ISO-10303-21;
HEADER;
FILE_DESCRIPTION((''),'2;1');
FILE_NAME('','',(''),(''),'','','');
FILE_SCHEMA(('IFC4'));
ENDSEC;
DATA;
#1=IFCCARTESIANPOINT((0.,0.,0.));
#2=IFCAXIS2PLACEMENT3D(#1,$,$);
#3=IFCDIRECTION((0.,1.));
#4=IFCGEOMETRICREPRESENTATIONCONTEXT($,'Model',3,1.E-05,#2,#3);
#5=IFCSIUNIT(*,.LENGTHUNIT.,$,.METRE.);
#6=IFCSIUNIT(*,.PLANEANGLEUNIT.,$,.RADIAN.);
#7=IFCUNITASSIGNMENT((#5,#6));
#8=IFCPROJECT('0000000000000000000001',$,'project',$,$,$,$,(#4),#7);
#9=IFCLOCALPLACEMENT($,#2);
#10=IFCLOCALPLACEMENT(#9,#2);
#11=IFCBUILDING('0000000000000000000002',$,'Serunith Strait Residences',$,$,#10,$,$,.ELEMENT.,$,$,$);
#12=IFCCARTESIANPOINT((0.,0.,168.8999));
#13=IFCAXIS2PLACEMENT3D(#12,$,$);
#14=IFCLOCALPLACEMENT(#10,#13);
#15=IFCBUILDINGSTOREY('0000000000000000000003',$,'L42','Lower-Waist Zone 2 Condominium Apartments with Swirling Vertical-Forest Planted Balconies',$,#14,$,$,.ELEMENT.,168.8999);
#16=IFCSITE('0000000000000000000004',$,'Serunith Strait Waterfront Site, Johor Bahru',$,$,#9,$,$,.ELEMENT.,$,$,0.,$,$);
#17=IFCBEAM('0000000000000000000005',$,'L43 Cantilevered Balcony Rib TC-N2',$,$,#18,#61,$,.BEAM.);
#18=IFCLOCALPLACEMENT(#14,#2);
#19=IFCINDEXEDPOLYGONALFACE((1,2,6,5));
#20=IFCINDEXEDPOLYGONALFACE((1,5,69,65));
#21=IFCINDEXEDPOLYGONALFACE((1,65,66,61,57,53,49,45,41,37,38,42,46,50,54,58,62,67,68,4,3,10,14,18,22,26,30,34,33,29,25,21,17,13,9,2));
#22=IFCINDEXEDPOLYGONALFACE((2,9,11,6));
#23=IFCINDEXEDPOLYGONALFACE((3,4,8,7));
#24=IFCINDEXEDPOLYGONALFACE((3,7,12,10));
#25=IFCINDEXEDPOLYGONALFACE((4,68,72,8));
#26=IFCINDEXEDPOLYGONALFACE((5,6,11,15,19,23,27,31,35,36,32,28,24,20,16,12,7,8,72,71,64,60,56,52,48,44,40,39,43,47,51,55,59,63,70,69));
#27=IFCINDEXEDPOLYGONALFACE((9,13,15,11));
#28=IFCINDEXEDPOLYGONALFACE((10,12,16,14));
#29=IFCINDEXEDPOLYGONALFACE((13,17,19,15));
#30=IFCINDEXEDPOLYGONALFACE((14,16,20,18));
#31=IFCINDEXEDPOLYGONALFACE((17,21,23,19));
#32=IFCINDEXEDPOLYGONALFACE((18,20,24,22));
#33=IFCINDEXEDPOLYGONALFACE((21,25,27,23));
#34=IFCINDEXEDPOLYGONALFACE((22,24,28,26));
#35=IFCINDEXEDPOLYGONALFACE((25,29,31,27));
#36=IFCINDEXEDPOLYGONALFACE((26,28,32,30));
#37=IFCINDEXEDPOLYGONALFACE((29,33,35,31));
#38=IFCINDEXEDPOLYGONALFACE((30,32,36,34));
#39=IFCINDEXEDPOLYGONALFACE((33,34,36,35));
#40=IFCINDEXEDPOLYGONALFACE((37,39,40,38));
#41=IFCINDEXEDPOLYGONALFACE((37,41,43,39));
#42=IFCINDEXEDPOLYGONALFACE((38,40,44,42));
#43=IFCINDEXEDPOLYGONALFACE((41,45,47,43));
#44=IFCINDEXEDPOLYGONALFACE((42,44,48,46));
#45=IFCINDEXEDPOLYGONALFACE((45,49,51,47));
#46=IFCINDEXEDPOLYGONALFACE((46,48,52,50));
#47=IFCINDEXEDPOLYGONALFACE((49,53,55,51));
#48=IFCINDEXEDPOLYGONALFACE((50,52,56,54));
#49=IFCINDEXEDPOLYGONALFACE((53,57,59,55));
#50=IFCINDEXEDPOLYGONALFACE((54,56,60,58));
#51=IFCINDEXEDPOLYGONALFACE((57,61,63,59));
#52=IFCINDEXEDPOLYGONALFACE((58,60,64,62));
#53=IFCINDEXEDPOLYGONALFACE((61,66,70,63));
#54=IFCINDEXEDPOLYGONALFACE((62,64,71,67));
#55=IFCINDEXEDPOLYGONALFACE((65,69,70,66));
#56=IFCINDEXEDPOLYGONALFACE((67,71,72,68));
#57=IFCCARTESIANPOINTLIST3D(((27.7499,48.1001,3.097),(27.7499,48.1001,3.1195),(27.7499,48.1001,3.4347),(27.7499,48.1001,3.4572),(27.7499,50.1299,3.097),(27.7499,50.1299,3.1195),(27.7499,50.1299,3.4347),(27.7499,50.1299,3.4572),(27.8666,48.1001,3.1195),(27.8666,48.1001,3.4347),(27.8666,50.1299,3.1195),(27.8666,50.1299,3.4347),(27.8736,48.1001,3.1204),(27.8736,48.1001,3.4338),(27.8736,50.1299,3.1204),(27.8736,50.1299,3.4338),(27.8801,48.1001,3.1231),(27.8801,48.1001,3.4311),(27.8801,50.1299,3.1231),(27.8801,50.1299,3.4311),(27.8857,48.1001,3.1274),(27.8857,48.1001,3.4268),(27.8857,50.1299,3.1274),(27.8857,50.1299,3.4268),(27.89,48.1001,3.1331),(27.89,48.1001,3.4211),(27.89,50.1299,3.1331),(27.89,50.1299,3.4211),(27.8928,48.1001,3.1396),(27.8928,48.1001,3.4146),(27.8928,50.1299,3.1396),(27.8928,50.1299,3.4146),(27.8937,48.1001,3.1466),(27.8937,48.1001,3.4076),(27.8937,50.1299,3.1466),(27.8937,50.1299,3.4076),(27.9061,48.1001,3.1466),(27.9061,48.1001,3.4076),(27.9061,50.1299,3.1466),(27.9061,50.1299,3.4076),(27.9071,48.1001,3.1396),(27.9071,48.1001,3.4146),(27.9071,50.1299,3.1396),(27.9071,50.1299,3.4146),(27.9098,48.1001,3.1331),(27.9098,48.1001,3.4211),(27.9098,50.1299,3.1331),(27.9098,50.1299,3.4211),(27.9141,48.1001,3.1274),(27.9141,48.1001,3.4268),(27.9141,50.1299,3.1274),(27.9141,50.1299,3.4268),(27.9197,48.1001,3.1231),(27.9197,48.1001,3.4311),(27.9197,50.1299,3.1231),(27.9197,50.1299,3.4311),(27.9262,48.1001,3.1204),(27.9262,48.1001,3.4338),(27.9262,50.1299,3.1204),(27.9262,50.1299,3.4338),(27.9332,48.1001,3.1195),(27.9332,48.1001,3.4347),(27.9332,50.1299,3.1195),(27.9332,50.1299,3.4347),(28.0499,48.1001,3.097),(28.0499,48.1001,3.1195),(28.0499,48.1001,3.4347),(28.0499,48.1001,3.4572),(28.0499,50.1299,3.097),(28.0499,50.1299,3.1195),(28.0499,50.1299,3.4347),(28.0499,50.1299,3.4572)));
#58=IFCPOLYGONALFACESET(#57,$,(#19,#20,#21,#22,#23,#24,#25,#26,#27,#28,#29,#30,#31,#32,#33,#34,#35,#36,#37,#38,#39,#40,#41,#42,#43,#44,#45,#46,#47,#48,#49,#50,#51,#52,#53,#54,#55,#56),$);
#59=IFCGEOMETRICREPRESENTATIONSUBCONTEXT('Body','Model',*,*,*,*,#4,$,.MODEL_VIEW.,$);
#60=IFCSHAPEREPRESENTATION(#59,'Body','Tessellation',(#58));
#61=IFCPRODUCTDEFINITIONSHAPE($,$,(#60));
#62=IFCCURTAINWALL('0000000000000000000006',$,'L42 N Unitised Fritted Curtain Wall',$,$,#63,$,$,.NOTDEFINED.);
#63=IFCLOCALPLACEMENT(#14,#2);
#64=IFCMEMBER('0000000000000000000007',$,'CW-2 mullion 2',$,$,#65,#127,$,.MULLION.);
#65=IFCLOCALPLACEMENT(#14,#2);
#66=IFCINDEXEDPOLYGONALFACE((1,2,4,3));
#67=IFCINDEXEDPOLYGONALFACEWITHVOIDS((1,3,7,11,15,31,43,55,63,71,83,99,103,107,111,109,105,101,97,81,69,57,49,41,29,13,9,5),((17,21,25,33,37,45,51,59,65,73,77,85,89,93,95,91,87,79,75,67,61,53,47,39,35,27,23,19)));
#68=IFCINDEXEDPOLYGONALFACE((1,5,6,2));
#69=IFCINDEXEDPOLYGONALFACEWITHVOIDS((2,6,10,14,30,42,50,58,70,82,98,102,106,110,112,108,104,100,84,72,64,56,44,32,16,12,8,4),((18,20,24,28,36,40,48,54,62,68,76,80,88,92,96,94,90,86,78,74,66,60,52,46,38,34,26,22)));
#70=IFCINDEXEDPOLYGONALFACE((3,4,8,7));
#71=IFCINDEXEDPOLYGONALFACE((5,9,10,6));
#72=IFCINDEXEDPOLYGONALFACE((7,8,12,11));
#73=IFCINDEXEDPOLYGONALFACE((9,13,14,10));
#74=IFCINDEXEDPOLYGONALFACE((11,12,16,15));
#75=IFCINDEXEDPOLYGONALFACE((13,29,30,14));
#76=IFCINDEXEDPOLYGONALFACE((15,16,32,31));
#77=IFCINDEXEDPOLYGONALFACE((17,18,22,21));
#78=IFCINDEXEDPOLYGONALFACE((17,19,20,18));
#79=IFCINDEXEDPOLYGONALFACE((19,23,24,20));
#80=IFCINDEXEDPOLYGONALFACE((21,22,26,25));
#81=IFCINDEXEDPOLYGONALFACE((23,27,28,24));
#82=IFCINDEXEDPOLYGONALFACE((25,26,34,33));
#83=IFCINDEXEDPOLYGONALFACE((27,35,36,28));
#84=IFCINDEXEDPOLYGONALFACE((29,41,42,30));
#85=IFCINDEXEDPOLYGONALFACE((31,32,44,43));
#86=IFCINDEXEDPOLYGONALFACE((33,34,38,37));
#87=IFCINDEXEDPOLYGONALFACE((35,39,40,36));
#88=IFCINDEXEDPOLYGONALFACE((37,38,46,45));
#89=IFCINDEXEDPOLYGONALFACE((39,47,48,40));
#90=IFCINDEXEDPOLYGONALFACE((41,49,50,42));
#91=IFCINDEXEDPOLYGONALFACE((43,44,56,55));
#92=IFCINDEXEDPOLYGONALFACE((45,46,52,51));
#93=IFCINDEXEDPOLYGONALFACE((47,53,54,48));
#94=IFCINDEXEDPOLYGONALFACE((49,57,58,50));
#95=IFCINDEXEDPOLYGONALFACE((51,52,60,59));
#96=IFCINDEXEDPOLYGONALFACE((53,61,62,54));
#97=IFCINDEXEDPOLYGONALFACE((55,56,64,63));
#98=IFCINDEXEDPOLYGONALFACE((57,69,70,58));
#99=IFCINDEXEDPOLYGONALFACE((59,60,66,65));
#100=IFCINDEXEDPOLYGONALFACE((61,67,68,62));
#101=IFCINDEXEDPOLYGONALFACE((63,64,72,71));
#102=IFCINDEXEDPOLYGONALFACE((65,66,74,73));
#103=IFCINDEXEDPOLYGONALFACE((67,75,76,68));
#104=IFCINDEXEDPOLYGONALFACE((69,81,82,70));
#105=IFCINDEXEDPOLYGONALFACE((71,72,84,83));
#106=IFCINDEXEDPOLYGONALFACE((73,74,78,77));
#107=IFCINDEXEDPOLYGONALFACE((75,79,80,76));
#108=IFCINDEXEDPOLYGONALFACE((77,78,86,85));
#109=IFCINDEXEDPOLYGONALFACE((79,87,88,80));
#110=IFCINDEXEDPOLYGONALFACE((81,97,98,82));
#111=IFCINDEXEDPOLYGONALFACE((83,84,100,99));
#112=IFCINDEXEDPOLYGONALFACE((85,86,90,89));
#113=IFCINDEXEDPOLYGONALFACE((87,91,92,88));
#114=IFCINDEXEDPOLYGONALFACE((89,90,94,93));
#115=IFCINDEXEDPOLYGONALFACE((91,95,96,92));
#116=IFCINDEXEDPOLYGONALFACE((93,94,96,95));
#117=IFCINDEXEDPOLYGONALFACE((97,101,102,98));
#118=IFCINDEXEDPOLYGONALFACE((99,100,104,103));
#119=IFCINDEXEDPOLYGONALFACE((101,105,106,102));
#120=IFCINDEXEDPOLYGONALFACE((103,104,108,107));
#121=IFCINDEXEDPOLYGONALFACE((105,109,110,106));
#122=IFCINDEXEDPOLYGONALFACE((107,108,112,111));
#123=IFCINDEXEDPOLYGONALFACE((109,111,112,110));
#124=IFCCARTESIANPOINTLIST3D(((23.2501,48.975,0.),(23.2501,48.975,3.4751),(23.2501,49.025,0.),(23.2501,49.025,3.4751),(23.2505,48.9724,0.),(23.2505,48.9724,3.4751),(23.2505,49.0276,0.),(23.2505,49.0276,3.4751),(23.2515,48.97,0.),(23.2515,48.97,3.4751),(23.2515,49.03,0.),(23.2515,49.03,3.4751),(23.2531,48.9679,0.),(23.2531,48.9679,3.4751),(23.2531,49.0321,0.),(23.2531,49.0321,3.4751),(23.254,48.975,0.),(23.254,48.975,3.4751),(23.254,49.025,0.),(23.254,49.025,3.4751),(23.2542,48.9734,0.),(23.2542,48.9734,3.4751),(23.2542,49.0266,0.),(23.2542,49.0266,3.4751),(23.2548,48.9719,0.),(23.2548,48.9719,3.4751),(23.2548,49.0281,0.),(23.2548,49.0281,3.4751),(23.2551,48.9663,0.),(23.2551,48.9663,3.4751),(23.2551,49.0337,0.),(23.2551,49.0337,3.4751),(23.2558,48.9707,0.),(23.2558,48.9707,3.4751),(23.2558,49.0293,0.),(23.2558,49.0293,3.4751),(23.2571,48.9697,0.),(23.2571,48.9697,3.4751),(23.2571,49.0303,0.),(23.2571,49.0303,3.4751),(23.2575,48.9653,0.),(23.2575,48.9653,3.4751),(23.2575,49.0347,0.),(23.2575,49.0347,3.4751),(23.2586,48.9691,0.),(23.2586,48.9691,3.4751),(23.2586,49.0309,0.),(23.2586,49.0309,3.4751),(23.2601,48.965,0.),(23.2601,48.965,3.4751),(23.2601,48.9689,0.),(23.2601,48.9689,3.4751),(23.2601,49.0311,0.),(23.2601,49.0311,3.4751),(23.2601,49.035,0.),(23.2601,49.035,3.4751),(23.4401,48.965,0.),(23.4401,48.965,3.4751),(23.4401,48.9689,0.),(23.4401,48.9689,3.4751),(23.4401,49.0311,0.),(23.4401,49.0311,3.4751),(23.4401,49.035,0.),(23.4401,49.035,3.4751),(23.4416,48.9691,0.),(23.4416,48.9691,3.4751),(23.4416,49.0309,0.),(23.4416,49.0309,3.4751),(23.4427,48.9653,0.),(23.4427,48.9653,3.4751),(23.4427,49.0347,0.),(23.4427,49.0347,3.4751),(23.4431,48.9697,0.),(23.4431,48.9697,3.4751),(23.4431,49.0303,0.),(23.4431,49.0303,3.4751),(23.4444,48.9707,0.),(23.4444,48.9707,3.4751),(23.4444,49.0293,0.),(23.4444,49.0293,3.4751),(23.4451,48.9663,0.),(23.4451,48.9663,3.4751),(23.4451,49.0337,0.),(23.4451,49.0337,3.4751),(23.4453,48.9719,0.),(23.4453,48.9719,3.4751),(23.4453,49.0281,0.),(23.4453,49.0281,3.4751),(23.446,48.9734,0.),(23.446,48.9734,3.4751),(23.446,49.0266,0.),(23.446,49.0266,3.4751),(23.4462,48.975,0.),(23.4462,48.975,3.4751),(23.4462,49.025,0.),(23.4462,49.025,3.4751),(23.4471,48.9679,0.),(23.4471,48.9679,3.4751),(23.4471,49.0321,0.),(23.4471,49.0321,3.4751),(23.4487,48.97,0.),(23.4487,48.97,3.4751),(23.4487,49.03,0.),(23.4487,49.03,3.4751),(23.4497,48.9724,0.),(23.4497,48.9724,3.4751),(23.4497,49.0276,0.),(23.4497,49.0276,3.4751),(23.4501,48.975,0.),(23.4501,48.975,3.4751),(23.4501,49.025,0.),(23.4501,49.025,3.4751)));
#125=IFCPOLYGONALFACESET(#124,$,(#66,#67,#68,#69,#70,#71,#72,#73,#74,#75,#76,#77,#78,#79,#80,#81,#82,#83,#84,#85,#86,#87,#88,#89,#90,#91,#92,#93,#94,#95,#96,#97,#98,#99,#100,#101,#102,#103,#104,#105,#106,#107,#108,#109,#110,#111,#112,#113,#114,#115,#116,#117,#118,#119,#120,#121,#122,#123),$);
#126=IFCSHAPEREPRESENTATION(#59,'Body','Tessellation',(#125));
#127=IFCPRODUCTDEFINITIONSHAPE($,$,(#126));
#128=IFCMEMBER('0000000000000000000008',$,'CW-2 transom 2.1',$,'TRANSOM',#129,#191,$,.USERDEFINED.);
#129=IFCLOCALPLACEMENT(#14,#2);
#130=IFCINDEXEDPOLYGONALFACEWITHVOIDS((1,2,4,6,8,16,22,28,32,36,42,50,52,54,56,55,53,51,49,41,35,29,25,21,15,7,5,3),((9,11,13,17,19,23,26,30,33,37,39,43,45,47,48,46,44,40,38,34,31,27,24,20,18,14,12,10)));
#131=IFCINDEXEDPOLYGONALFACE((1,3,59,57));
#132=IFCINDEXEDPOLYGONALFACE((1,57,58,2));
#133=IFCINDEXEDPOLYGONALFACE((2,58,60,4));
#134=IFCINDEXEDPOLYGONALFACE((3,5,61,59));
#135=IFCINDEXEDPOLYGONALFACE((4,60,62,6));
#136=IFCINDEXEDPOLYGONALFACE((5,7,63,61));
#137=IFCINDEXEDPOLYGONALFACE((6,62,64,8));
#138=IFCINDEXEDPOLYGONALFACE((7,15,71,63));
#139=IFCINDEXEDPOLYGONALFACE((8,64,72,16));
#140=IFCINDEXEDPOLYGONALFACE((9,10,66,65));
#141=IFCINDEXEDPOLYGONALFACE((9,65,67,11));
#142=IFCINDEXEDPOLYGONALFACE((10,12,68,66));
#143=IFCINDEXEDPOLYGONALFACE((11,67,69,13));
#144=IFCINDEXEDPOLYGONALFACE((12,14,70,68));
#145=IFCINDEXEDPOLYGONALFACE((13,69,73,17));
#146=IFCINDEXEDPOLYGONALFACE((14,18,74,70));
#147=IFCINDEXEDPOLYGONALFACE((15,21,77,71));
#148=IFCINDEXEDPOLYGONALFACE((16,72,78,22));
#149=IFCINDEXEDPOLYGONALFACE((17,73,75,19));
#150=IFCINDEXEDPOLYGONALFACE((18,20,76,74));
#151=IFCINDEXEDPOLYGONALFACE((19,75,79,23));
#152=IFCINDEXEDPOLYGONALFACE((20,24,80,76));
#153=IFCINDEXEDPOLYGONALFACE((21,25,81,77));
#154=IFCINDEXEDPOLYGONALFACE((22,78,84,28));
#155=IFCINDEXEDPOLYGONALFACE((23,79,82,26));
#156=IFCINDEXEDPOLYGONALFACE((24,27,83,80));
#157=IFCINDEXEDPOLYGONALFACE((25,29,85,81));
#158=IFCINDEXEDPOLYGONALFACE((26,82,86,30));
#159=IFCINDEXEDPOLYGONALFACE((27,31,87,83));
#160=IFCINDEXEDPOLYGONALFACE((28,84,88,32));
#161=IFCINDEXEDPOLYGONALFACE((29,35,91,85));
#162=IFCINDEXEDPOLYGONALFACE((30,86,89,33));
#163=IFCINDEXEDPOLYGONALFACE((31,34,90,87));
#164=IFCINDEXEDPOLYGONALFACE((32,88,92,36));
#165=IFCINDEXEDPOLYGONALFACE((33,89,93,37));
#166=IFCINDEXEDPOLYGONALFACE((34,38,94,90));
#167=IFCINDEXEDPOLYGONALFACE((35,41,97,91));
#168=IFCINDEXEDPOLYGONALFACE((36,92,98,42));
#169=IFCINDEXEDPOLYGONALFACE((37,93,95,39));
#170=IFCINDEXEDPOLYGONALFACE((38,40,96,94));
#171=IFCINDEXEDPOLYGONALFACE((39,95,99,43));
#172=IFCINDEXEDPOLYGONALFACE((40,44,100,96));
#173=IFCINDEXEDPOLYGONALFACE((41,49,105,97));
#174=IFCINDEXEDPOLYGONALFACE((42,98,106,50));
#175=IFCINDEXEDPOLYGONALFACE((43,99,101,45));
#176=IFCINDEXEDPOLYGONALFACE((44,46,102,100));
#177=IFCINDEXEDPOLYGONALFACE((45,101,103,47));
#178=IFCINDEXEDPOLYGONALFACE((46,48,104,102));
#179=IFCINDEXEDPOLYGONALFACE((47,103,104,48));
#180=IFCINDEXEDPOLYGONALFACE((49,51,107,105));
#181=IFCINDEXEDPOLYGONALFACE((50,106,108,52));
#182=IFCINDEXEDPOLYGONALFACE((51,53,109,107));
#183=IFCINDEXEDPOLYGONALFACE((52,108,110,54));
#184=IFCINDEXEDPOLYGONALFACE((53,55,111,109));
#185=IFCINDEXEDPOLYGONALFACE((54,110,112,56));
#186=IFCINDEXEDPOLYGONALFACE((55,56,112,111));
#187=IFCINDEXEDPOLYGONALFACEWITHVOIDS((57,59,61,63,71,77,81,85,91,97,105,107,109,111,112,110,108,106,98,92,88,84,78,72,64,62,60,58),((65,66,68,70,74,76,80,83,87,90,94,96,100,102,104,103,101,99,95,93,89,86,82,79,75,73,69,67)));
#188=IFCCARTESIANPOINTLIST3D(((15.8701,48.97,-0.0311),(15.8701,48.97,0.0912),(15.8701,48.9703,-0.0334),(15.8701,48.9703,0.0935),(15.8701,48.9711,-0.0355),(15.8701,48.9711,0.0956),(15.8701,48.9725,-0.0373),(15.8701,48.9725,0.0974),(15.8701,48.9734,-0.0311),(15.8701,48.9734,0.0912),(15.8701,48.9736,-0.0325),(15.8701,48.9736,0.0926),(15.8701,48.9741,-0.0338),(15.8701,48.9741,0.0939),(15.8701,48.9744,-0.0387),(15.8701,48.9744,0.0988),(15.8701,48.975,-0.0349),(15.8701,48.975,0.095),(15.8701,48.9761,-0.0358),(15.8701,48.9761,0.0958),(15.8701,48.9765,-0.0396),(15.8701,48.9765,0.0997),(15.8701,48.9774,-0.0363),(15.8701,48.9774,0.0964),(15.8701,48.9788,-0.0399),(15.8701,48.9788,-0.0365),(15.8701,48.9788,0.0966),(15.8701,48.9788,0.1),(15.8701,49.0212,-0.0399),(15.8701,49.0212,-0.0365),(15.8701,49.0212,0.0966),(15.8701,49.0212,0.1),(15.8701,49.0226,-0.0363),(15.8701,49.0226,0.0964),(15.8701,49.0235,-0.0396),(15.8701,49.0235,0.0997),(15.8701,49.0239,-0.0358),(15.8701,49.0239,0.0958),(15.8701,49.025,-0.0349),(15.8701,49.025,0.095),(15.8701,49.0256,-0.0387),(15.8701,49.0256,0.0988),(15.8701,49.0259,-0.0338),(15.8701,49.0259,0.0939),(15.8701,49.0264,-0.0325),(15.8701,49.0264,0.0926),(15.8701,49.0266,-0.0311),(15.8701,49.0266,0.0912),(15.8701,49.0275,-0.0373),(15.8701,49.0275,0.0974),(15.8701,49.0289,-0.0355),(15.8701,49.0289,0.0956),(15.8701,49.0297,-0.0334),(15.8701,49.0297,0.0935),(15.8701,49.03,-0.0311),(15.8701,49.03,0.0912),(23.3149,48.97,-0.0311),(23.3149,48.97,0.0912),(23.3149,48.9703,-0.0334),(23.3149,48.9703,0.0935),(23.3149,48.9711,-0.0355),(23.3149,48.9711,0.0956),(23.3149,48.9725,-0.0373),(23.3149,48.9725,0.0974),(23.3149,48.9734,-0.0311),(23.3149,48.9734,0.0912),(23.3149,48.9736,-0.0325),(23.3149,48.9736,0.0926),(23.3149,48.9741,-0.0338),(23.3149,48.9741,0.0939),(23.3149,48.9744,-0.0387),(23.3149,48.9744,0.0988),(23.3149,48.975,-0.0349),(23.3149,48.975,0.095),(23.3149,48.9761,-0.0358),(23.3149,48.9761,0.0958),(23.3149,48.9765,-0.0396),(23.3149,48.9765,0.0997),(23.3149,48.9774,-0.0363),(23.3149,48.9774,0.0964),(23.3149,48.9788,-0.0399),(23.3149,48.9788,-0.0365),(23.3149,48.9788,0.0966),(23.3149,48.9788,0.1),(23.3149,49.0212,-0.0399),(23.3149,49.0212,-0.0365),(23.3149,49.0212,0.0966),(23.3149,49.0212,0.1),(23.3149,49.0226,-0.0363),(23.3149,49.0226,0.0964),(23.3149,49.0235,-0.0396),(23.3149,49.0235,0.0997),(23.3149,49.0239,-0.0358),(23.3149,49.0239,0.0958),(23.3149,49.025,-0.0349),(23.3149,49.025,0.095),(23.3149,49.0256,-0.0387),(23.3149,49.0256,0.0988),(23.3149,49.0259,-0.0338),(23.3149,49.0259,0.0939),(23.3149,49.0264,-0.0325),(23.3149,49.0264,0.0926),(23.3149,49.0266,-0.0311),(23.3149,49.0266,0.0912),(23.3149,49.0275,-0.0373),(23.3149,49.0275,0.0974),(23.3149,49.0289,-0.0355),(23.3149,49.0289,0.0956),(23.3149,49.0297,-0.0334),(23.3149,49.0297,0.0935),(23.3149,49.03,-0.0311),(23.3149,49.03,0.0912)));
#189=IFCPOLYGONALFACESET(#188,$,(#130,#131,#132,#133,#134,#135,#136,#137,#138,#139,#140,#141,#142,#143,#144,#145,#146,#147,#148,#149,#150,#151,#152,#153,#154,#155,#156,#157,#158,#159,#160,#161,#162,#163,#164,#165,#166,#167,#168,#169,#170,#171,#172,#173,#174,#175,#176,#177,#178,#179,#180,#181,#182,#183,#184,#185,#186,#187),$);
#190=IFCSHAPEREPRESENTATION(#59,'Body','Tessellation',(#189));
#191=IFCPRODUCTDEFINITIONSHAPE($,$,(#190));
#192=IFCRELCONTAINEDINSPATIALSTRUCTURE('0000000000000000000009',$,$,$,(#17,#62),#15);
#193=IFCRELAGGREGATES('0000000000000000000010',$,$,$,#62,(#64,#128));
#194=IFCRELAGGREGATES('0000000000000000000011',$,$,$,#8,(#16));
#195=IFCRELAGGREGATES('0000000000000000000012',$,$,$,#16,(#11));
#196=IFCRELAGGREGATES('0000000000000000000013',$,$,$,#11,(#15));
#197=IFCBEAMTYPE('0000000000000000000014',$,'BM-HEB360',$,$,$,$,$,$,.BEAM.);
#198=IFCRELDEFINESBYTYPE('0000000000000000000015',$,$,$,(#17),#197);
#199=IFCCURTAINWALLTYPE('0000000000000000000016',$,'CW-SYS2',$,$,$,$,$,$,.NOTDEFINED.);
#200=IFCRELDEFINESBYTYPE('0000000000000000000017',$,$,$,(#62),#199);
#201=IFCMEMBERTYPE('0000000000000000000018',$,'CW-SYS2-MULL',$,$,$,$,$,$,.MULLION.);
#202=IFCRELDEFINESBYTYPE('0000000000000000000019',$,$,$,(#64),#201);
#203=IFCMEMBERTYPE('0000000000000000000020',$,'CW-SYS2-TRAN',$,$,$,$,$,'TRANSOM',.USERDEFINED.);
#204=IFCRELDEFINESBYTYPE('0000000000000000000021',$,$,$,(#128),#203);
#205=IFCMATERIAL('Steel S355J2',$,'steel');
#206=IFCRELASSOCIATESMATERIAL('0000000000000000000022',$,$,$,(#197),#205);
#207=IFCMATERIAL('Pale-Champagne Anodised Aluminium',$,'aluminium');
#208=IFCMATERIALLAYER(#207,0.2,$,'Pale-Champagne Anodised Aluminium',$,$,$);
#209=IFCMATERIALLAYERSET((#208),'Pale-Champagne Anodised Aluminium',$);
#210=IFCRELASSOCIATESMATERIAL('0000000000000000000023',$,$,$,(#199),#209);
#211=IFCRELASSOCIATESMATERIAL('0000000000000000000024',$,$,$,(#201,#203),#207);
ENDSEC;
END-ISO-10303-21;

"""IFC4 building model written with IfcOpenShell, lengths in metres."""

from ifc_helpers import new_model, si_unit, direction, frame, origin, origin_2d, place, context, subcontext, project, spatial, hollow_rectangle, i_section, extrude, source, transform, mapped, material, layer, layer_set, material_profile, profile_set, type_object, element, aggregate, save


model = new_model("IFC4")

# Units and contexts
model_context = context("Model", 3, precision=1e-05, world=origin(), true_north=direction((0.0, 1.0)))
body_context = subcontext(model_context, "Body", "Model", "MODEL_VIEW")
ifc_project = project(units=[si_unit("LENGTHUNIT", "METRE"), si_unit("PLANEANGLEUNIT", "RADIAN")], contexts=[model_context])

# Site, building, storey
site_placement = place(None, origin())
site = spatial("IfcSite", under=ifc_project, at=site_placement, Name="Serunith Strait Waterfront Site, Johor Bahru", CompositionType="ELEMENT", RefElevation=0.0)
building_placement = place(site_placement, origin())
building = spatial("IfcBuilding", under=site, at=building_placement, Name="Serunith Strait Residences", CompositionType="ELEMENT")
storey_placement = place(building_placement, frame((0.0, 0.0, 168.8999)))
storey = spatial("IfcBuildingStorey", under=building, at=storey_placement, Name="L42", Description="Lower-Waist Zone 2 Condominium Apartments with Swirling Vertical-Forest Planted Balconies", CompositionType="ELEMENT", Elevation=168.8999)

# Beam
ifc_material_1 = material(Name="Steel S355J2", Category="steel")
ifc_material_profile_1 = material_profile(ifc_material_1, i_section(OverallWidth=0.3, OverallDepth=0.3601, WebThickness=0.0125, FlangeThickness=0.0225, FilletRadius=0.0271, at=origin_2d()), Name="HEB 360")
ifc_profile_set_1 = profile_set([ifc_material_profile_1], Name="Steel S355J2")
beam_type_1 = type_object("IfcBeamType", Name="BM-HEB360", PredefinedType="BEAM", material=ifc_profile_set_1)
shared_shape_1 = source(origin(), body_context, "Body", "SweptSolid", [
    extrude(i_section(OverallWidth=0.3, OverallDepth=0.3601, WebThickness=0.0125, FlangeThickness=0.0225, FilletRadius=0.0271, at=origin_2d()), origin(), (0.0, 0.0, 1.0), 2.0298),
])
beam_1_placement = place(storey_placement, frame((27.8999, 48.1001, 3.2771), z_axis=(0.0, 1.0, 0.0), x_axis=(-1.0, 0.0, 0.0)))
element("IfcBeam", 1, at=beam_1_placement, inside=storey, type_object=beam_type_1, Name="L43 Cantilevered Balcony Rib TC-N2", PredefinedType="BEAM", context=body_context, shape_type="MappedRepresentation", body=[
    mapped(shared_shape_1, transform((0.0, 0.0, 0.0), scale=1.0)),
])

# Curtain wall, members
ifc_material_2 = material(Name="Pale-Champagne Anodised Aluminium", Category="aluminium")
ifc_layer_1 = layer(ifc_material_2, 0.2, Name="Pale-Champagne Anodised Aluminium")
ifc_layer_set_1 = layer_set([ifc_layer_1], Name="Pale-Champagne Anodised Aluminium")
curtain_wall_type = type_object("IfcCurtainWallType", Name="CW-SYS2", PredefinedType="NOTDEFINED", material=ifc_layer_set_1)
curtain_wall_placement = place(storey_placement, origin())
curtain_wall = element("IfcCurtainWall", 2, at=curtain_wall_placement, inside=storey, type_object=curtain_wall_type, Name="L42 N Unitised Fritted Curtain Wall", PredefinedType="NOTDEFINED")
ifc_material_profile_2 = material_profile(ifc_material_2, hollow_rectangle(XDim=0.0701, YDim=0.2, WallThickness=0.0039, InnerFilletRadius=0.0061, OuterFilletRadius=0.01, at=origin_2d()), Name="ALU 200x70x4")
ifc_profile_set_2 = profile_set([ifc_material_profile_2], Name="Pale-Champagne Anodised Aluminium")
member_type_1 = type_object("IfcMemberType", Name="CW-SYS2-MULL", PredefinedType="MULLION", material=ifc_profile_set_2)
shared_shape_2 = source(origin(), body_context, "Body", "SweptSolid", [
    extrude(hollow_rectangle(XDim=0.0701, YDim=0.2, WallThickness=0.0039, InnerFilletRadius=0.0061, OuterFilletRadius=0.01, at=origin_2d()), origin(), (0.0, 0.0, 1.0), 3.4751),
])
member_1_placement = place(storey_placement, frame((23.3501, 49.0, 0.0), z_axis=(0.0, 0.0, 1.0), x_axis=(0.0, -1.0, 0.0)))
member_1 = element("IfcMember", 3, at=member_1_placement, type_object=member_type_1, Name="CW-2 mullion 2", PredefinedType="MULLION", context=body_context, shape_type="MappedRepresentation", body=[
    mapped(shared_shape_2, transform((0.0, 0.0, 0.0), scale=1.0)),
])
ifc_material_profile_3 = material_profile(ifc_material_2, hollow_rectangle(XDim=0.0601, YDim=0.1399, WallThickness=0.0034, InnerFilletRadius=0.0054, OuterFilletRadius=0.0088, at=origin_2d()), Name="ALU 140x60x3.5")
ifc_profile_set_3 = profile_set([ifc_material_profile_3], Name="Pale-Champagne Anodised Aluminium")
member_type_2 = type_object("IfcMemberType", Name="CW-SYS2-TRAN", ElementType="TRANSOM", PredefinedType="USERDEFINED", material=ifc_profile_set_3)
shared_shape_3 = source(origin(), body_context, "Body", "SweptSolid", [
    extrude(hollow_rectangle(XDim=0.0601, YDim=0.1399, WallThickness=0.0034, InnerFilletRadius=0.0054, OuterFilletRadius=0.0088, at=origin_2d()), origin(), (0.0, 0.0, 1.0), 7.4448),
])
member_2_placement = place(storey_placement, frame((23.3149, 49.0, 0.03), z_axis=(-1.0, 0.0, 0.0), x_axis=(0.0, -1.0, 0.0)))
member_2 = element("IfcMember", 4, at=member_2_placement, type_object=member_type_2, Name="CW-2 transom 2.1", ObjectType="TRANSOM", PredefinedType="USERDEFINED", context=body_context, shape_type="MappedRepresentation", body=[
    mapped(shared_shape_3, transform((0.0, 0.0, 0.0), scale=1.0)),
])
aggregate(curtain_wall, [member_1, member_2])

save(model, "model.ifc")
